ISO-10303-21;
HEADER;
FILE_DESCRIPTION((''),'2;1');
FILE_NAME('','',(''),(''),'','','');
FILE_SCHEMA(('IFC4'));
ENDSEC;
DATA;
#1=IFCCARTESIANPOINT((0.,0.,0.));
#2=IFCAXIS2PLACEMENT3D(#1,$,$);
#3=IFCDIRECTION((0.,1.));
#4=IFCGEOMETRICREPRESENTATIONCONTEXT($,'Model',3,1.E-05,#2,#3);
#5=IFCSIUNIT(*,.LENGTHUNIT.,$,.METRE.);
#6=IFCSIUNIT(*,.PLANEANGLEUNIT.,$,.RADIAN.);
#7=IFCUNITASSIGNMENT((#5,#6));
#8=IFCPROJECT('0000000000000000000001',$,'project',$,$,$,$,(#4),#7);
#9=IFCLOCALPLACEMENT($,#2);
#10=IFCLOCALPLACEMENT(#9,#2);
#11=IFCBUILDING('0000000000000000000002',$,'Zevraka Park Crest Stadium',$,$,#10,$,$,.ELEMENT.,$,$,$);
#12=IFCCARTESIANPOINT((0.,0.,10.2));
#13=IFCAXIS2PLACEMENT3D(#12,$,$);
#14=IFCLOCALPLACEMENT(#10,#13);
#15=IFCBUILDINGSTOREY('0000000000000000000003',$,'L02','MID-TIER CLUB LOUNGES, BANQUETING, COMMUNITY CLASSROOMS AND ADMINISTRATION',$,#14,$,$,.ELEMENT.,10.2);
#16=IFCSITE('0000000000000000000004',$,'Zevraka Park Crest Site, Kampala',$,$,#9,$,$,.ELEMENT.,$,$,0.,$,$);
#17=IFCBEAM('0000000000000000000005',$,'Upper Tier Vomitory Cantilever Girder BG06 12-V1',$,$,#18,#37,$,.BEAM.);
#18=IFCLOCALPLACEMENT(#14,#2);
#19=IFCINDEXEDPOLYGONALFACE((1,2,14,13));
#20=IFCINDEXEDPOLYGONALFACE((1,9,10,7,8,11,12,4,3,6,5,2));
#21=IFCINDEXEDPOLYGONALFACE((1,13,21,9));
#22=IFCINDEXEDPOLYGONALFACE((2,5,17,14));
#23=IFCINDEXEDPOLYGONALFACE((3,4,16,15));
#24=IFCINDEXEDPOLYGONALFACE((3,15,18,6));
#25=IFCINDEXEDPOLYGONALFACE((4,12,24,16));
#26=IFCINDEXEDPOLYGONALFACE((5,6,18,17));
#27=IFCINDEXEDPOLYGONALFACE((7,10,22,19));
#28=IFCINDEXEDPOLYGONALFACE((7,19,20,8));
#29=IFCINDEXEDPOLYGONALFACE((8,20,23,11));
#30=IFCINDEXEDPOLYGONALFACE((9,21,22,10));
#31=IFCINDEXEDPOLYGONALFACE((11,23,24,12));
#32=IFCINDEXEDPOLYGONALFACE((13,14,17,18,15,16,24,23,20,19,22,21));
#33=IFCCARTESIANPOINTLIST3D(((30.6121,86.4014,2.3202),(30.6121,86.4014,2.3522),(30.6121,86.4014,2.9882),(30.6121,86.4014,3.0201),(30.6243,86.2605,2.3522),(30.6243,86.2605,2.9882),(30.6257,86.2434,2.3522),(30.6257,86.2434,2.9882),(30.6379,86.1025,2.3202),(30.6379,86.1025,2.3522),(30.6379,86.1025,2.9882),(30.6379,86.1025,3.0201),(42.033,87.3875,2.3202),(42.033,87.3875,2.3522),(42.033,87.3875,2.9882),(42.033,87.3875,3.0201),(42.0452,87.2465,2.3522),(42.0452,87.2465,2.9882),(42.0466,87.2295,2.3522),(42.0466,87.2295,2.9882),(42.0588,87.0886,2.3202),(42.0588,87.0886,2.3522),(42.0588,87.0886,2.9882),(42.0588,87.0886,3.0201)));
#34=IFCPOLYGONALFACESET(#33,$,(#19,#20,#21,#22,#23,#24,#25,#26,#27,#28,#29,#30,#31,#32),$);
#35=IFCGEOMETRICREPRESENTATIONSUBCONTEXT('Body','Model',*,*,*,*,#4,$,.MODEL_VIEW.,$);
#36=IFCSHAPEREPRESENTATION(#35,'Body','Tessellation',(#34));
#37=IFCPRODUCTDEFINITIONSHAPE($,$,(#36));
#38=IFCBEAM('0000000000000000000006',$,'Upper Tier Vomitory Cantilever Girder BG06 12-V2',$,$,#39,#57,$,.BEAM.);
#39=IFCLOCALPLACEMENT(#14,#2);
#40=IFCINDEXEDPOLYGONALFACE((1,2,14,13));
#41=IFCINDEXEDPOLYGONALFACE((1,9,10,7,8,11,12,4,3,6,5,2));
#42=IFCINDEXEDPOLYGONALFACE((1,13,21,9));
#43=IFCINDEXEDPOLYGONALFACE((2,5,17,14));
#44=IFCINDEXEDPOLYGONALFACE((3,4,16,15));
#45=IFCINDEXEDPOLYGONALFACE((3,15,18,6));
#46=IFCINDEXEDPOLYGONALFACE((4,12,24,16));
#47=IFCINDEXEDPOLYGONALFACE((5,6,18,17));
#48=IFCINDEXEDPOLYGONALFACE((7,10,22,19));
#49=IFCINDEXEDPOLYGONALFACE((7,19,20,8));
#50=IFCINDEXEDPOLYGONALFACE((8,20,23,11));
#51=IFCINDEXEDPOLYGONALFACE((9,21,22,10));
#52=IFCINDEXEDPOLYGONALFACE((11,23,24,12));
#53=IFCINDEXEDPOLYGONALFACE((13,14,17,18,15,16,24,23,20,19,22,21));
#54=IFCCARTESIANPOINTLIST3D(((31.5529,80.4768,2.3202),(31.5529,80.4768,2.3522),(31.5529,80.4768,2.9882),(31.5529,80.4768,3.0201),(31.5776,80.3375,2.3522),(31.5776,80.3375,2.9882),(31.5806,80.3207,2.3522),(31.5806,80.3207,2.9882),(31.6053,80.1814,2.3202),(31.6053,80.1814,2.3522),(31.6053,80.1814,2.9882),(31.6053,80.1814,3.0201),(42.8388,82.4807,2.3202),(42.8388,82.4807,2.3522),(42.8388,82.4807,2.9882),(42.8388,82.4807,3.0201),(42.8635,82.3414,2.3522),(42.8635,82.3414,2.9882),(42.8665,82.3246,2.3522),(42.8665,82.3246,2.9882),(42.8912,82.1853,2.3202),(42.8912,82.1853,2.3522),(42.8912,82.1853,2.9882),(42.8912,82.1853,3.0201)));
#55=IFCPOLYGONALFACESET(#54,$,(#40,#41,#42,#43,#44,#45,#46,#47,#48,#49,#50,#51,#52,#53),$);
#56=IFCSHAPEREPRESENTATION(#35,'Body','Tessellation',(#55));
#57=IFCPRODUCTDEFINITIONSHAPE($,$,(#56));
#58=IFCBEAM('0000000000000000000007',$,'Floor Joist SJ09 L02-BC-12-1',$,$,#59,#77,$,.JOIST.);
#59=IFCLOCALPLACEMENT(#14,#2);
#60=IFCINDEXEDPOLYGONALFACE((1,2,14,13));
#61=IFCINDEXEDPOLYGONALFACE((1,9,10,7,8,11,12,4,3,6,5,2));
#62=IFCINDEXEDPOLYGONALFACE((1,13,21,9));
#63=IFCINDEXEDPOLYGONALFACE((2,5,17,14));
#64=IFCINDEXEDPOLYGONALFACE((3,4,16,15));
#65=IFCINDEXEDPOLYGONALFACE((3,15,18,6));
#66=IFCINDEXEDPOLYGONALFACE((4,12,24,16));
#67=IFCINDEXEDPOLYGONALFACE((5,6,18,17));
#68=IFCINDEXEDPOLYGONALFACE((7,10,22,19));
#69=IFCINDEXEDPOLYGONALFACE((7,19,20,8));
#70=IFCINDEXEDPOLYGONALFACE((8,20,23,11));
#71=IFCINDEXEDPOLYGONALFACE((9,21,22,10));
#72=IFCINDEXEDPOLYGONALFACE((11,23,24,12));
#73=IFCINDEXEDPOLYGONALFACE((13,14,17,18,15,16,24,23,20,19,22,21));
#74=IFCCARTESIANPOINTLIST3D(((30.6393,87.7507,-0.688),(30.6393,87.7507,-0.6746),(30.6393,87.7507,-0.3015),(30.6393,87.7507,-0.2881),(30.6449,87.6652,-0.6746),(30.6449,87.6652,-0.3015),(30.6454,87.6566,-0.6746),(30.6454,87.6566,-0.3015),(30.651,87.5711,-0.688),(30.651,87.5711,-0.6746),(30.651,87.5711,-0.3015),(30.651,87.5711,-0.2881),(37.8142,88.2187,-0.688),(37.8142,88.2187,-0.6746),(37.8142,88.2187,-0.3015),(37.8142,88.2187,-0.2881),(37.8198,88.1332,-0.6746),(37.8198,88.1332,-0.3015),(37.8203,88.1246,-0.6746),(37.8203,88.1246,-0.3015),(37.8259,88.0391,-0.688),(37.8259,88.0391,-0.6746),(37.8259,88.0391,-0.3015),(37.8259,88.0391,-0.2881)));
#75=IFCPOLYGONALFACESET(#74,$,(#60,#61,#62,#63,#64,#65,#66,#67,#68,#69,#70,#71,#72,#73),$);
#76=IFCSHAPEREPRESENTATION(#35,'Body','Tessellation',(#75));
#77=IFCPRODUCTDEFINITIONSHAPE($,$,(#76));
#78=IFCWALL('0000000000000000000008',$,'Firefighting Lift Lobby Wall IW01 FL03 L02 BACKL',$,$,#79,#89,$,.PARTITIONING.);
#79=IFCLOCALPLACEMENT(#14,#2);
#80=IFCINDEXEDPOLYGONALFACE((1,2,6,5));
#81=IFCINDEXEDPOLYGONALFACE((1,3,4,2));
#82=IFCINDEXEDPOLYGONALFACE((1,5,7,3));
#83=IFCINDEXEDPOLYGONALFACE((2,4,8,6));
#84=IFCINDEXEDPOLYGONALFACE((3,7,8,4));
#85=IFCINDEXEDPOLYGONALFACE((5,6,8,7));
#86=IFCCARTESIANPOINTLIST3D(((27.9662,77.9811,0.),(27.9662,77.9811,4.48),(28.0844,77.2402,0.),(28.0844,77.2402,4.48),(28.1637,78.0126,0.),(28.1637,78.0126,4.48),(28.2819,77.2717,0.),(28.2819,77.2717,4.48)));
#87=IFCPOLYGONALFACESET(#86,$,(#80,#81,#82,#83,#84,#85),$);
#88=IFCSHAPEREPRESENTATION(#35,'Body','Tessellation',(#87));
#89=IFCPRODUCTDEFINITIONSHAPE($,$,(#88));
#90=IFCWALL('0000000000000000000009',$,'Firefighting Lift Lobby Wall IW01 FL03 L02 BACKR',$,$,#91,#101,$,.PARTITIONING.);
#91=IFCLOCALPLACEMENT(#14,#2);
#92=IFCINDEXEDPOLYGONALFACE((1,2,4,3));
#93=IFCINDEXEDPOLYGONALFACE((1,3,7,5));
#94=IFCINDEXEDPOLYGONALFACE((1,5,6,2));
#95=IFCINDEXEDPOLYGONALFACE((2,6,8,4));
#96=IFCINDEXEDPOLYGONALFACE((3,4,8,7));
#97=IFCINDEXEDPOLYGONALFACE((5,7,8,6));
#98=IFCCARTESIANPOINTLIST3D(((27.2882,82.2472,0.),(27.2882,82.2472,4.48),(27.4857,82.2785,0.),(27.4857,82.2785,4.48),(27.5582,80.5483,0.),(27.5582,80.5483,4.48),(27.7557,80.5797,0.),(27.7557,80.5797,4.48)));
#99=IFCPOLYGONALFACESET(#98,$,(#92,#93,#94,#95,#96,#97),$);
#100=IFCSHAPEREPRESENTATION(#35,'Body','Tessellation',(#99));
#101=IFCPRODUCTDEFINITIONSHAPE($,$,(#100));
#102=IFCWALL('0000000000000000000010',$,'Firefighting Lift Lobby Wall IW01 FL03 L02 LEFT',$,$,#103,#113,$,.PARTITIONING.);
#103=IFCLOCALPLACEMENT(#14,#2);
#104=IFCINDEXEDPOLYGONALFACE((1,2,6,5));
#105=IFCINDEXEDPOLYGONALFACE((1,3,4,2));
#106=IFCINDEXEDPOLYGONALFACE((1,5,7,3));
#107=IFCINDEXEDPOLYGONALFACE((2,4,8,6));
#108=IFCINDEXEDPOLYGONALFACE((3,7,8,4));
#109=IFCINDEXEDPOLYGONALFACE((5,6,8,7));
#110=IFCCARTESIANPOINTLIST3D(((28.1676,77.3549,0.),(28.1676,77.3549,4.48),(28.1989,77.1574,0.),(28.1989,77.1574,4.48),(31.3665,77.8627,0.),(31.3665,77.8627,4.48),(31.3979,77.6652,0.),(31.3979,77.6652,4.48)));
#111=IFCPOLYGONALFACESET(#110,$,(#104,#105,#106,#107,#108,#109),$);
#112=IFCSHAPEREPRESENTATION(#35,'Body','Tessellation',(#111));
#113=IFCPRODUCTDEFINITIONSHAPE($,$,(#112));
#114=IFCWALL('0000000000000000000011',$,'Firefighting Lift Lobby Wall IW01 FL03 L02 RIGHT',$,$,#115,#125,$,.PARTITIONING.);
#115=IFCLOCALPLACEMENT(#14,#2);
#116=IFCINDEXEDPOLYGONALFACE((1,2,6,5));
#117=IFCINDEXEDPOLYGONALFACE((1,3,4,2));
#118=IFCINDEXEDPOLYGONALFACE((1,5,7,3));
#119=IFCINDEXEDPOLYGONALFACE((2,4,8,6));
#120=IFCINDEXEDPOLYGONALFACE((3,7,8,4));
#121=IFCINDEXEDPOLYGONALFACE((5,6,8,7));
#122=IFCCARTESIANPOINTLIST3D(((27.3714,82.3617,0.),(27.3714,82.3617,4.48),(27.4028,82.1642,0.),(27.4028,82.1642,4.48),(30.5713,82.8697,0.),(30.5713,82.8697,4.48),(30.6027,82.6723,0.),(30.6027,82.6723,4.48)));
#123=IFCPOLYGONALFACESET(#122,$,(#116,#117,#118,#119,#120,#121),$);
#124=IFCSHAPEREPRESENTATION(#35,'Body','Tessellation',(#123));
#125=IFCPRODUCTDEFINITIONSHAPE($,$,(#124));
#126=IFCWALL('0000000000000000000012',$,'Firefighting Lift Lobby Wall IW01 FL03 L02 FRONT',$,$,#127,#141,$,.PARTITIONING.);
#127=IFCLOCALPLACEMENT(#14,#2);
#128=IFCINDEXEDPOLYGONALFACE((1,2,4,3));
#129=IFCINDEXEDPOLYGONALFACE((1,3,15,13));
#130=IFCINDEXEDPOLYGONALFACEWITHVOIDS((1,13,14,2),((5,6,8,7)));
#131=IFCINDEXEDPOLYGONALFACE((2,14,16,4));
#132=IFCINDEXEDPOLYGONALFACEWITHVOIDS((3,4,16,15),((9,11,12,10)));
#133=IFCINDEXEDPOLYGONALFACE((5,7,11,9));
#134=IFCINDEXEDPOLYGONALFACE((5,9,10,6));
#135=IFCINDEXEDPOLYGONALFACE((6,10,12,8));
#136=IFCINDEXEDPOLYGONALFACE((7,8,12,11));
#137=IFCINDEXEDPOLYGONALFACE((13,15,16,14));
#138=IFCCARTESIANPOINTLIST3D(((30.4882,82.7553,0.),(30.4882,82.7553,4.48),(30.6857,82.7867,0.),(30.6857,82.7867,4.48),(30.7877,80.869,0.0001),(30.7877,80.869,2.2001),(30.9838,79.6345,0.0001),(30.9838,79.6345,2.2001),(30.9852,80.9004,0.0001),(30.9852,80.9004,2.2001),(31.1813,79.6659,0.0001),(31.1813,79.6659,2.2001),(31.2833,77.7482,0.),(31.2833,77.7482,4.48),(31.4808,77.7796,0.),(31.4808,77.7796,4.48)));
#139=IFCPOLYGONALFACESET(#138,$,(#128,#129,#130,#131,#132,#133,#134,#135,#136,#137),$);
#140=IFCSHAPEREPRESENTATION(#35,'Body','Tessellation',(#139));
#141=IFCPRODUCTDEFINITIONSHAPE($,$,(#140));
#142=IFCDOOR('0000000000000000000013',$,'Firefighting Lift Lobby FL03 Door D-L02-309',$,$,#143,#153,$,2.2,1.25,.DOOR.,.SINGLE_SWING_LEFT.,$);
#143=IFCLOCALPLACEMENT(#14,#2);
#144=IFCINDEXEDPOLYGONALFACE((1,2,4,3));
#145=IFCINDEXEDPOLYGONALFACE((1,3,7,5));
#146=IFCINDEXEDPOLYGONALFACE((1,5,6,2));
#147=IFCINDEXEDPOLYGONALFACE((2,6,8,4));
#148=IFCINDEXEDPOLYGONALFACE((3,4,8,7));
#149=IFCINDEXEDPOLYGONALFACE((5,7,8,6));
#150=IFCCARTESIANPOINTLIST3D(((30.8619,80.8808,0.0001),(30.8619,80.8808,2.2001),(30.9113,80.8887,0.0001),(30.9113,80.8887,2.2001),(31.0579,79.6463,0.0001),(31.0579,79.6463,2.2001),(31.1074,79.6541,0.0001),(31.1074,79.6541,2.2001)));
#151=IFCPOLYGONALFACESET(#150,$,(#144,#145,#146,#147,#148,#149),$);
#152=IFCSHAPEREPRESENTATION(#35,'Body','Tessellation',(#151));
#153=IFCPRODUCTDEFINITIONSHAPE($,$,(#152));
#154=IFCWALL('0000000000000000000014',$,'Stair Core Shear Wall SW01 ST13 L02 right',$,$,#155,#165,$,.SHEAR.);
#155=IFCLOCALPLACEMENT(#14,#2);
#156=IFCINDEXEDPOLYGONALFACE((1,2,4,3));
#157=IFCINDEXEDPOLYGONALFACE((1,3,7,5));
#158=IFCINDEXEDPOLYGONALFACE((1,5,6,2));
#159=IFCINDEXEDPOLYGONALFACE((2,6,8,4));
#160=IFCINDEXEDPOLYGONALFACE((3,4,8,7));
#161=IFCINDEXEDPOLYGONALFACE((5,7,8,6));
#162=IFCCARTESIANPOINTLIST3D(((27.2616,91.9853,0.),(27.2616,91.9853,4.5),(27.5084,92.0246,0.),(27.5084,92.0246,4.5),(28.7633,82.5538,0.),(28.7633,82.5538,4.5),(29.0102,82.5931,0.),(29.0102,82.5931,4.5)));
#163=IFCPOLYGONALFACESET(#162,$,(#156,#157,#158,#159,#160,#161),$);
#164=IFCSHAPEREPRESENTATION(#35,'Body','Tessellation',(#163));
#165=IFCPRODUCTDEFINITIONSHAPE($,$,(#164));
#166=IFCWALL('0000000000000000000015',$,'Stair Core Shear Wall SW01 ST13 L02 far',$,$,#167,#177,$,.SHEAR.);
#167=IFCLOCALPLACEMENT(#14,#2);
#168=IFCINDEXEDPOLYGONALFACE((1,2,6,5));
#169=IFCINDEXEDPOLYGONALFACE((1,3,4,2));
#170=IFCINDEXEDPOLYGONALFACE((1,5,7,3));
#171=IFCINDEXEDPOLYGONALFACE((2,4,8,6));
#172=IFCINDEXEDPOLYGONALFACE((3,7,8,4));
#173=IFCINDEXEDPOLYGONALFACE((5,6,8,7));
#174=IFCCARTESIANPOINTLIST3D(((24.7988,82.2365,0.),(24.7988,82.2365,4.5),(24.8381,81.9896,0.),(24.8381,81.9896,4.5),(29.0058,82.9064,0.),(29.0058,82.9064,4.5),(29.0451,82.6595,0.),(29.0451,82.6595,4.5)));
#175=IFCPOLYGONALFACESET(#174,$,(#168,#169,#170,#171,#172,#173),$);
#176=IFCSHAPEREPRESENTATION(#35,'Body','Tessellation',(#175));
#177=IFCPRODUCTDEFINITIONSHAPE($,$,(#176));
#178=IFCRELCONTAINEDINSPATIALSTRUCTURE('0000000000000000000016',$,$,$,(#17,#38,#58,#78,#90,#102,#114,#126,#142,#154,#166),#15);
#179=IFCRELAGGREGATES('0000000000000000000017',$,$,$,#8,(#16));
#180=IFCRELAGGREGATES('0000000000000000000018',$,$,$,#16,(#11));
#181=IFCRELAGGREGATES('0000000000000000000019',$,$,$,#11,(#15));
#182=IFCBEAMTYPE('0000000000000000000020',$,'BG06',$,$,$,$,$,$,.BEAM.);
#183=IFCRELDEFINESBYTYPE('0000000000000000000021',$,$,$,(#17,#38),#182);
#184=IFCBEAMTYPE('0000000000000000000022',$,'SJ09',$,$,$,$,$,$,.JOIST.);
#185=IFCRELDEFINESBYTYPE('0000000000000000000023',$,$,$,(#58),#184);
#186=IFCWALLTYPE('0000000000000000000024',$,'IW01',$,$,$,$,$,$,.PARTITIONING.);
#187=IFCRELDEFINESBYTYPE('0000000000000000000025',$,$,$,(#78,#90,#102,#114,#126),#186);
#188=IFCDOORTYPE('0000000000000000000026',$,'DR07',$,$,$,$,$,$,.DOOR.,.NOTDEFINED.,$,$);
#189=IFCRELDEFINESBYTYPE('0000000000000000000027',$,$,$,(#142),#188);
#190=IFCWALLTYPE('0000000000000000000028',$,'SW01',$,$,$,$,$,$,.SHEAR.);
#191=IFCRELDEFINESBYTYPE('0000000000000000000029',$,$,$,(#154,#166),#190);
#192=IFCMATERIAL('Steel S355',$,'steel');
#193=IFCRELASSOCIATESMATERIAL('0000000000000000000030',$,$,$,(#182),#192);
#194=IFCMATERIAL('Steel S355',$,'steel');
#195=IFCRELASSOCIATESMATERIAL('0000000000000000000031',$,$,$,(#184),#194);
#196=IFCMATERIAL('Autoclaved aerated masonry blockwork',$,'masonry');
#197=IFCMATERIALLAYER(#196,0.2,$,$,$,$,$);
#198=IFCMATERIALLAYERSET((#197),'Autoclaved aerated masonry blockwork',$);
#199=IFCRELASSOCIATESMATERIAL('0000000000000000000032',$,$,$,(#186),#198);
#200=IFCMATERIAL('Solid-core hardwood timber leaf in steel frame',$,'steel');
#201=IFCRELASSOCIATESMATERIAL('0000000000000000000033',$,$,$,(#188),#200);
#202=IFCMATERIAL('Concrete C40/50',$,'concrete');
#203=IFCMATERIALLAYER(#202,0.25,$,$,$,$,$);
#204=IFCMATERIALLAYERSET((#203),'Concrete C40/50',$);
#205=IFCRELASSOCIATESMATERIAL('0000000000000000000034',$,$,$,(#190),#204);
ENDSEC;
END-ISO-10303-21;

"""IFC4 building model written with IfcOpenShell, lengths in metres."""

from ifc_helpers import new_model, si_unit, direction, frame, frame_2d, origin, origin_2d, place, context, subcontext, project, spatial, rectangle, i_section, extrude, material, layer, layer_set, material_profile, profile_set, type_object, element, fill, save


model = new_model("IFC4")

# Units and contexts
model_context = context("Model", 3, precision=1e-05, world=origin(), true_north=direction((0.0, 1.0)))
body_context = subcontext(model_context, "Body", "Model", "MODEL_VIEW")
ifc_project = project(units=[si_unit("LENGTHUNIT", "METRE"), si_unit("PLANEANGLEUNIT", "RADIAN")], contexts=[model_context])

# Site, building, storey
site_placement = place(None, origin())
site = spatial("IfcSite", under=ifc_project, at=site_placement, Name="Zevraka Park Crest Site, Kampala", CompositionType="ELEMENT", RefElevation=0.0)
building_placement = place(site_placement, origin())
building = spatial("IfcBuilding", under=site, at=building_placement, Name="Zevraka Park Crest Stadium", CompositionType="ELEMENT")
storey_placement = place(building_placement, frame((0.0, 0.0, 10.2)))
storey = spatial("IfcBuildingStorey", under=building, at=storey_placement, Name="L02", Description="MID-TIER CLUB LOUNGES, BANQUETING, COMMUNITY CLASSROOMS AND ADMINISTRATION", CompositionType="ELEMENT", Elevation=10.2)

# Beams
ifc_material_1 = material(Name="Steel S355", Category="steel")
ifc_material_profile_1 = material_profile(ifc_material_1, i_section(OverallWidth=0.3, OverallDepth=0.7, WebThickness=0.0171, FlangeThickness=0.032, at=origin_2d()), Name="HEB 700")
ifc_profile_set_1 = profile_set([ifc_material_profile_1], Name="Steel S355")
beam_type_1 = type_object("IfcBeamType", Name="BG06", PredefinedType="BEAM", material=ifc_profile_set_1)
beam_1_placement = place(storey_placement, frame((30.625, 86.252, 2.6702), z_axis=(0.996293, 0.08602, 0.0), x_axis=(-0.08602, 0.996293, 0.0)))
element("IfcBeam", 1, at=beam_1_placement, inside=storey, type_object=beam_type_1, Name="Upper Tier Vomitory Cantilever Girder BG06 12-V1", PredefinedType="BEAM", context=body_context, shape_type="SweptSolid", body=[
    extrude(i_section(OverallWidth=0.3, OverallDepth=0.7, WebThickness=0.0171, FlangeThickness=0.032, at=origin_2d()), origin(), (0.0, 0.0, 1.0), 11.4634),
])
beam_2_placement = place(storey_placement, frame((31.5791, 80.3291, 2.6702), z_axis=(0.9846, 0.174824, 0.0), x_axis=(-0.174824, 0.9846, 0.0)))
element("IfcBeam", 2, at=beam_2_placement, inside=storey, type_object=beam_type_1, Name="Upper Tier Vomitory Cantilever Girder BG06 12-V2", PredefinedType="BEAM", context=body_context, shape_type="SweptSolid", body=[
    extrude(i_section(OverallWidth=0.3, OverallDepth=0.7, WebThickness=0.0171, FlangeThickness=0.032, at=origin_2d()), origin(), (0.0, 0.0, 1.0), 11.4624),
])
ifc_material_2 = material(Name="Steel S355", Category="steel")
ifc_material_profile_2 = material_profile(ifc_material_2, i_section(OverallWidth=0.1799, OverallDepth=0.3999, WebThickness=0.0085, FlangeThickness=0.0134, at=origin_2d()), Name="IPE 400")
ifc_profile_set_2 = profile_set([ifc_material_profile_2], Name="Steel S355")
beam_type_2 = type_object("IfcBeamType", Name="SJ09", PredefinedType="JOIST", material=ifc_profile_set_2)
beam_3_placement = place(storey_placement, frame((37.8201, 88.1289, -0.488), z_axis=(-0.997879, -0.06509, 0.0), x_axis=(0.06509, -0.997879, 0.0)))
element("IfcBeam", 3, at=beam_3_placement, inside=storey, type_object=beam_type_2, Name="Floor Joist SJ09 L02-BC-12-1", PredefinedType="JOIST", context=body_context, shape_type="SweptSolid", body=[
    extrude(i_section(OverallWidth=0.1799, OverallDepth=0.3999, WebThickness=0.0085, FlangeThickness=0.0134, at=origin_2d()), origin(), (0.0, 0.0, 1.0), 7.1902),
])

# Walls
ifc_material_3 = material(Name="Autoclaved aerated masonry blockwork", Category="masonry")
ifc_layer_1 = layer(ifc_material_3, 0.2)
ifc_layer_set_1 = layer_set([ifc_layer_1], Name="Autoclaved aerated masonry blockwork")
wall_type_1 = type_object("IfcWallType", Name="IW01", PredefinedType="PARTITIONING", material=ifc_layer_set_1)
wall_1_placement = place(storey_placement, frame((28.1831, 77.2561, 0.0), z_axis=(0.0, 0.0, 1.0), x_axis=(-0.157483, 0.987522, 0.0)))
element("IfcWall", 4, at=wall_1_placement, inside=storey, type_object=wall_type_1, Name="Firefighting Lift Lobby Wall IW01 FL03 L02 BACKL", PredefinedType="PARTITIONING", context=body_context, shape_type="SweptSolid", body=[
    extrude(rectangle(XDim=0.7502, YDim=0.2, at=frame_2d((0.375, 0.0))), origin(), (0.0, 0.0, 1.0), 4.48),
])
wall_2_placement = place(storey_placement, frame((27.657, 80.564, 0.0), z_axis=(0.0, 0.0, 1.0), x_axis=(-0.156961, 0.987605, 0.0)))
element("IfcWall", 5, at=wall_2_placement, inside=storey, type_object=wall_type_1, Name="Firefighting Lift Lobby Wall IW01 FL03 L02 BACKR", PredefinedType="PARTITIONING", context=body_context, shape_type="SweptSolid", body=[
    extrude(rectangle(XDim=1.7202, YDim=0.2, at=frame_2d((0.8601, 0.0))), origin(), (0.0, 0.0, 1.0), 4.48),
])
wall_3_placement = place(storey_placement, frame((28.1831, 77.2561, 0.0), z_axis=(0.0, 0.0, 1.0), x_axis=(0.987634, 0.156779, 0.0)))
element("IfcWall", 6, at=wall_3_placement, inside=storey, type_object=wall_type_1, Name="Firefighting Lift Lobby Wall IW01 FL03 L02 LEFT", PredefinedType="PARTITIONING", context=body_context, shape_type="SweptSolid", body=[
    extrude(rectangle(XDim=3.239, YDim=0.2, at=frame_2d((1.6196, 0.0))), origin(), (0.0, 0.0, 1.0), 4.48),
])
wall_4_placement = place(storey_placement, frame((27.387, 82.2629, 0.0), z_axis=(0.0, 0.0, 1.0), x_axis=(0.987629, 0.156806, 0.0)))
element("IfcWall", 7, at=wall_4_placement, inside=storey, type_object=wall_type_1, Name="Firefighting Lift Lobby Wall IW01 FL03 L02 RIGHT", PredefinedType="PARTITIONING", context=body_context, shape_type="SweptSolid", body=[
    extrude(rectangle(XDim=3.24, YDim=0.2, at=frame_2d((1.6201, 0.0))), origin(), (0.0, 0.0, 1.0), 4.48),
])

# Wall, opening, door
wall_5_placement = place(storey_placement, frame((31.3821, 77.7639, 0.0), z_axis=(0.0, 0.0, 1.0), x_axis=(-0.156843, 0.987624, 0.0)))
wall_5 = element("IfcWall", 8, at=wall_5_placement, inside=storey, type_object=wall_type_1, Name="Firefighting Lift Lobby Wall IW01 FL03 L02 FRONT", PredefinedType="PARTITIONING", context=body_context, shape_type="SweptSolid", body=[
    extrude(rectangle(XDim=5.0698, YDim=0.2, at=frame_2d((2.5349, 0.0))), origin(), (0.0, 0.0, 1.0), 4.48),
])
opening_1_placement = place(wall_5_placement, frame((1.9099, 0.0, 0.0)))
opening_1 = element("IfcOpeningElement", 9, at=opening_1_placement, cuts=wall_5, PredefinedType="OPENING", context=body_context, shape_type="SweptSolid", body=[
    extrude(rectangle(XDim=1.25, YDim=2.2, at=frame_2d((0.625, 1.1001))), frame((0.0, 0.1099, 0.0), z_axis=(0.0, -1.0, 0.0), x_axis=(1.0, 0.0, 0.0)), (0.0, 0.0, 1.0), 0.22),
])
ifc_material_4 = material(Name="Solid-core hardwood timber leaf in steel frame", Category="steel")
door_type_1 = type_object("IfcDoorType", Name="DR07", OperationType="NOTDEFINED", PredefinedType="DOOR", material=ifc_material_4)
door_1_placement = place(opening_1_placement, origin())
door_1 = element("IfcDoor", 10, at=door_1_placement, inside=storey, type_object=door_type_1, Name="Firefighting Lift Lobby FL03 Door D-L02-309", OperationType="SINGLE_SWING_LEFT", OverallHeight=2.2, OverallWidth=1.25, PredefinedType="DOOR", context=body_context, shape_type="SweptSolid", body=[
    extrude(rectangle(XDim=1.25, YDim=2.2, at=frame_2d((0.625, 1.1001))), frame((0.0, 0.0249, 0.0), z_axis=(0.0, -1.0, 0.0), x_axis=(1.0, 0.0, 0.0)), (0.0, 0.0, 1.0), 0.05),
])
fill(opening_1, door_1)

# Walls
ifc_material_5 = material(Name="Concrete C40/50", Category="concrete")
ifc_layer_2 = layer(ifc_material_5, 0.25)
ifc_layer_set_2 = layer_set([ifc_layer_2], Name="Concrete C40/50")
wall_type_2 = type_object("IfcWallType", Name="SW01", PredefinedType="SHEAR", material=ifc_layer_set_2)
wall_6_placement = place(storey_placement, frame((28.8867, 82.5735, 0.0), z_axis=(0.0, 0.0, 1.0), x_axis=(-0.157244, 0.98756, 0.0)))
element("IfcWall", 11, at=wall_6_placement, inside=storey, type_object=wall_type_2, Name="Stair Core Shear Wall SW01 ST13 L02 right", PredefinedType="SHEAR", context=body_context, shape_type="SweptSolid", body=[
    extrude(rectangle(XDim=9.5503, YDim=0.25, at=frame_2d((4.7751, 0.0))), origin(), (0.0, 0.0, 1.0), 4.5),
])
wall_7_placement = place(storey_placement, frame((24.8186, 82.113, 0.0), z_axis=(0.0, 0.0, 1.0), x_axis=(0.987558, 0.157257, 0.0)))
element("IfcWall", 12, at=wall_7_placement, inside=storey, type_object=wall_type_2, Name="Stair Core Shear Wall SW01 ST13 L02 far", PredefinedType="SHEAR", context=body_context, shape_type="SweptSolid", body=[
    extrude(rectangle(XDim=4.26, YDim=0.25, at=frame_2d((2.1299, 0.0))), origin(), (0.0, 0.0, 1.0), 4.5),
])

save(model, "model.ifc")
